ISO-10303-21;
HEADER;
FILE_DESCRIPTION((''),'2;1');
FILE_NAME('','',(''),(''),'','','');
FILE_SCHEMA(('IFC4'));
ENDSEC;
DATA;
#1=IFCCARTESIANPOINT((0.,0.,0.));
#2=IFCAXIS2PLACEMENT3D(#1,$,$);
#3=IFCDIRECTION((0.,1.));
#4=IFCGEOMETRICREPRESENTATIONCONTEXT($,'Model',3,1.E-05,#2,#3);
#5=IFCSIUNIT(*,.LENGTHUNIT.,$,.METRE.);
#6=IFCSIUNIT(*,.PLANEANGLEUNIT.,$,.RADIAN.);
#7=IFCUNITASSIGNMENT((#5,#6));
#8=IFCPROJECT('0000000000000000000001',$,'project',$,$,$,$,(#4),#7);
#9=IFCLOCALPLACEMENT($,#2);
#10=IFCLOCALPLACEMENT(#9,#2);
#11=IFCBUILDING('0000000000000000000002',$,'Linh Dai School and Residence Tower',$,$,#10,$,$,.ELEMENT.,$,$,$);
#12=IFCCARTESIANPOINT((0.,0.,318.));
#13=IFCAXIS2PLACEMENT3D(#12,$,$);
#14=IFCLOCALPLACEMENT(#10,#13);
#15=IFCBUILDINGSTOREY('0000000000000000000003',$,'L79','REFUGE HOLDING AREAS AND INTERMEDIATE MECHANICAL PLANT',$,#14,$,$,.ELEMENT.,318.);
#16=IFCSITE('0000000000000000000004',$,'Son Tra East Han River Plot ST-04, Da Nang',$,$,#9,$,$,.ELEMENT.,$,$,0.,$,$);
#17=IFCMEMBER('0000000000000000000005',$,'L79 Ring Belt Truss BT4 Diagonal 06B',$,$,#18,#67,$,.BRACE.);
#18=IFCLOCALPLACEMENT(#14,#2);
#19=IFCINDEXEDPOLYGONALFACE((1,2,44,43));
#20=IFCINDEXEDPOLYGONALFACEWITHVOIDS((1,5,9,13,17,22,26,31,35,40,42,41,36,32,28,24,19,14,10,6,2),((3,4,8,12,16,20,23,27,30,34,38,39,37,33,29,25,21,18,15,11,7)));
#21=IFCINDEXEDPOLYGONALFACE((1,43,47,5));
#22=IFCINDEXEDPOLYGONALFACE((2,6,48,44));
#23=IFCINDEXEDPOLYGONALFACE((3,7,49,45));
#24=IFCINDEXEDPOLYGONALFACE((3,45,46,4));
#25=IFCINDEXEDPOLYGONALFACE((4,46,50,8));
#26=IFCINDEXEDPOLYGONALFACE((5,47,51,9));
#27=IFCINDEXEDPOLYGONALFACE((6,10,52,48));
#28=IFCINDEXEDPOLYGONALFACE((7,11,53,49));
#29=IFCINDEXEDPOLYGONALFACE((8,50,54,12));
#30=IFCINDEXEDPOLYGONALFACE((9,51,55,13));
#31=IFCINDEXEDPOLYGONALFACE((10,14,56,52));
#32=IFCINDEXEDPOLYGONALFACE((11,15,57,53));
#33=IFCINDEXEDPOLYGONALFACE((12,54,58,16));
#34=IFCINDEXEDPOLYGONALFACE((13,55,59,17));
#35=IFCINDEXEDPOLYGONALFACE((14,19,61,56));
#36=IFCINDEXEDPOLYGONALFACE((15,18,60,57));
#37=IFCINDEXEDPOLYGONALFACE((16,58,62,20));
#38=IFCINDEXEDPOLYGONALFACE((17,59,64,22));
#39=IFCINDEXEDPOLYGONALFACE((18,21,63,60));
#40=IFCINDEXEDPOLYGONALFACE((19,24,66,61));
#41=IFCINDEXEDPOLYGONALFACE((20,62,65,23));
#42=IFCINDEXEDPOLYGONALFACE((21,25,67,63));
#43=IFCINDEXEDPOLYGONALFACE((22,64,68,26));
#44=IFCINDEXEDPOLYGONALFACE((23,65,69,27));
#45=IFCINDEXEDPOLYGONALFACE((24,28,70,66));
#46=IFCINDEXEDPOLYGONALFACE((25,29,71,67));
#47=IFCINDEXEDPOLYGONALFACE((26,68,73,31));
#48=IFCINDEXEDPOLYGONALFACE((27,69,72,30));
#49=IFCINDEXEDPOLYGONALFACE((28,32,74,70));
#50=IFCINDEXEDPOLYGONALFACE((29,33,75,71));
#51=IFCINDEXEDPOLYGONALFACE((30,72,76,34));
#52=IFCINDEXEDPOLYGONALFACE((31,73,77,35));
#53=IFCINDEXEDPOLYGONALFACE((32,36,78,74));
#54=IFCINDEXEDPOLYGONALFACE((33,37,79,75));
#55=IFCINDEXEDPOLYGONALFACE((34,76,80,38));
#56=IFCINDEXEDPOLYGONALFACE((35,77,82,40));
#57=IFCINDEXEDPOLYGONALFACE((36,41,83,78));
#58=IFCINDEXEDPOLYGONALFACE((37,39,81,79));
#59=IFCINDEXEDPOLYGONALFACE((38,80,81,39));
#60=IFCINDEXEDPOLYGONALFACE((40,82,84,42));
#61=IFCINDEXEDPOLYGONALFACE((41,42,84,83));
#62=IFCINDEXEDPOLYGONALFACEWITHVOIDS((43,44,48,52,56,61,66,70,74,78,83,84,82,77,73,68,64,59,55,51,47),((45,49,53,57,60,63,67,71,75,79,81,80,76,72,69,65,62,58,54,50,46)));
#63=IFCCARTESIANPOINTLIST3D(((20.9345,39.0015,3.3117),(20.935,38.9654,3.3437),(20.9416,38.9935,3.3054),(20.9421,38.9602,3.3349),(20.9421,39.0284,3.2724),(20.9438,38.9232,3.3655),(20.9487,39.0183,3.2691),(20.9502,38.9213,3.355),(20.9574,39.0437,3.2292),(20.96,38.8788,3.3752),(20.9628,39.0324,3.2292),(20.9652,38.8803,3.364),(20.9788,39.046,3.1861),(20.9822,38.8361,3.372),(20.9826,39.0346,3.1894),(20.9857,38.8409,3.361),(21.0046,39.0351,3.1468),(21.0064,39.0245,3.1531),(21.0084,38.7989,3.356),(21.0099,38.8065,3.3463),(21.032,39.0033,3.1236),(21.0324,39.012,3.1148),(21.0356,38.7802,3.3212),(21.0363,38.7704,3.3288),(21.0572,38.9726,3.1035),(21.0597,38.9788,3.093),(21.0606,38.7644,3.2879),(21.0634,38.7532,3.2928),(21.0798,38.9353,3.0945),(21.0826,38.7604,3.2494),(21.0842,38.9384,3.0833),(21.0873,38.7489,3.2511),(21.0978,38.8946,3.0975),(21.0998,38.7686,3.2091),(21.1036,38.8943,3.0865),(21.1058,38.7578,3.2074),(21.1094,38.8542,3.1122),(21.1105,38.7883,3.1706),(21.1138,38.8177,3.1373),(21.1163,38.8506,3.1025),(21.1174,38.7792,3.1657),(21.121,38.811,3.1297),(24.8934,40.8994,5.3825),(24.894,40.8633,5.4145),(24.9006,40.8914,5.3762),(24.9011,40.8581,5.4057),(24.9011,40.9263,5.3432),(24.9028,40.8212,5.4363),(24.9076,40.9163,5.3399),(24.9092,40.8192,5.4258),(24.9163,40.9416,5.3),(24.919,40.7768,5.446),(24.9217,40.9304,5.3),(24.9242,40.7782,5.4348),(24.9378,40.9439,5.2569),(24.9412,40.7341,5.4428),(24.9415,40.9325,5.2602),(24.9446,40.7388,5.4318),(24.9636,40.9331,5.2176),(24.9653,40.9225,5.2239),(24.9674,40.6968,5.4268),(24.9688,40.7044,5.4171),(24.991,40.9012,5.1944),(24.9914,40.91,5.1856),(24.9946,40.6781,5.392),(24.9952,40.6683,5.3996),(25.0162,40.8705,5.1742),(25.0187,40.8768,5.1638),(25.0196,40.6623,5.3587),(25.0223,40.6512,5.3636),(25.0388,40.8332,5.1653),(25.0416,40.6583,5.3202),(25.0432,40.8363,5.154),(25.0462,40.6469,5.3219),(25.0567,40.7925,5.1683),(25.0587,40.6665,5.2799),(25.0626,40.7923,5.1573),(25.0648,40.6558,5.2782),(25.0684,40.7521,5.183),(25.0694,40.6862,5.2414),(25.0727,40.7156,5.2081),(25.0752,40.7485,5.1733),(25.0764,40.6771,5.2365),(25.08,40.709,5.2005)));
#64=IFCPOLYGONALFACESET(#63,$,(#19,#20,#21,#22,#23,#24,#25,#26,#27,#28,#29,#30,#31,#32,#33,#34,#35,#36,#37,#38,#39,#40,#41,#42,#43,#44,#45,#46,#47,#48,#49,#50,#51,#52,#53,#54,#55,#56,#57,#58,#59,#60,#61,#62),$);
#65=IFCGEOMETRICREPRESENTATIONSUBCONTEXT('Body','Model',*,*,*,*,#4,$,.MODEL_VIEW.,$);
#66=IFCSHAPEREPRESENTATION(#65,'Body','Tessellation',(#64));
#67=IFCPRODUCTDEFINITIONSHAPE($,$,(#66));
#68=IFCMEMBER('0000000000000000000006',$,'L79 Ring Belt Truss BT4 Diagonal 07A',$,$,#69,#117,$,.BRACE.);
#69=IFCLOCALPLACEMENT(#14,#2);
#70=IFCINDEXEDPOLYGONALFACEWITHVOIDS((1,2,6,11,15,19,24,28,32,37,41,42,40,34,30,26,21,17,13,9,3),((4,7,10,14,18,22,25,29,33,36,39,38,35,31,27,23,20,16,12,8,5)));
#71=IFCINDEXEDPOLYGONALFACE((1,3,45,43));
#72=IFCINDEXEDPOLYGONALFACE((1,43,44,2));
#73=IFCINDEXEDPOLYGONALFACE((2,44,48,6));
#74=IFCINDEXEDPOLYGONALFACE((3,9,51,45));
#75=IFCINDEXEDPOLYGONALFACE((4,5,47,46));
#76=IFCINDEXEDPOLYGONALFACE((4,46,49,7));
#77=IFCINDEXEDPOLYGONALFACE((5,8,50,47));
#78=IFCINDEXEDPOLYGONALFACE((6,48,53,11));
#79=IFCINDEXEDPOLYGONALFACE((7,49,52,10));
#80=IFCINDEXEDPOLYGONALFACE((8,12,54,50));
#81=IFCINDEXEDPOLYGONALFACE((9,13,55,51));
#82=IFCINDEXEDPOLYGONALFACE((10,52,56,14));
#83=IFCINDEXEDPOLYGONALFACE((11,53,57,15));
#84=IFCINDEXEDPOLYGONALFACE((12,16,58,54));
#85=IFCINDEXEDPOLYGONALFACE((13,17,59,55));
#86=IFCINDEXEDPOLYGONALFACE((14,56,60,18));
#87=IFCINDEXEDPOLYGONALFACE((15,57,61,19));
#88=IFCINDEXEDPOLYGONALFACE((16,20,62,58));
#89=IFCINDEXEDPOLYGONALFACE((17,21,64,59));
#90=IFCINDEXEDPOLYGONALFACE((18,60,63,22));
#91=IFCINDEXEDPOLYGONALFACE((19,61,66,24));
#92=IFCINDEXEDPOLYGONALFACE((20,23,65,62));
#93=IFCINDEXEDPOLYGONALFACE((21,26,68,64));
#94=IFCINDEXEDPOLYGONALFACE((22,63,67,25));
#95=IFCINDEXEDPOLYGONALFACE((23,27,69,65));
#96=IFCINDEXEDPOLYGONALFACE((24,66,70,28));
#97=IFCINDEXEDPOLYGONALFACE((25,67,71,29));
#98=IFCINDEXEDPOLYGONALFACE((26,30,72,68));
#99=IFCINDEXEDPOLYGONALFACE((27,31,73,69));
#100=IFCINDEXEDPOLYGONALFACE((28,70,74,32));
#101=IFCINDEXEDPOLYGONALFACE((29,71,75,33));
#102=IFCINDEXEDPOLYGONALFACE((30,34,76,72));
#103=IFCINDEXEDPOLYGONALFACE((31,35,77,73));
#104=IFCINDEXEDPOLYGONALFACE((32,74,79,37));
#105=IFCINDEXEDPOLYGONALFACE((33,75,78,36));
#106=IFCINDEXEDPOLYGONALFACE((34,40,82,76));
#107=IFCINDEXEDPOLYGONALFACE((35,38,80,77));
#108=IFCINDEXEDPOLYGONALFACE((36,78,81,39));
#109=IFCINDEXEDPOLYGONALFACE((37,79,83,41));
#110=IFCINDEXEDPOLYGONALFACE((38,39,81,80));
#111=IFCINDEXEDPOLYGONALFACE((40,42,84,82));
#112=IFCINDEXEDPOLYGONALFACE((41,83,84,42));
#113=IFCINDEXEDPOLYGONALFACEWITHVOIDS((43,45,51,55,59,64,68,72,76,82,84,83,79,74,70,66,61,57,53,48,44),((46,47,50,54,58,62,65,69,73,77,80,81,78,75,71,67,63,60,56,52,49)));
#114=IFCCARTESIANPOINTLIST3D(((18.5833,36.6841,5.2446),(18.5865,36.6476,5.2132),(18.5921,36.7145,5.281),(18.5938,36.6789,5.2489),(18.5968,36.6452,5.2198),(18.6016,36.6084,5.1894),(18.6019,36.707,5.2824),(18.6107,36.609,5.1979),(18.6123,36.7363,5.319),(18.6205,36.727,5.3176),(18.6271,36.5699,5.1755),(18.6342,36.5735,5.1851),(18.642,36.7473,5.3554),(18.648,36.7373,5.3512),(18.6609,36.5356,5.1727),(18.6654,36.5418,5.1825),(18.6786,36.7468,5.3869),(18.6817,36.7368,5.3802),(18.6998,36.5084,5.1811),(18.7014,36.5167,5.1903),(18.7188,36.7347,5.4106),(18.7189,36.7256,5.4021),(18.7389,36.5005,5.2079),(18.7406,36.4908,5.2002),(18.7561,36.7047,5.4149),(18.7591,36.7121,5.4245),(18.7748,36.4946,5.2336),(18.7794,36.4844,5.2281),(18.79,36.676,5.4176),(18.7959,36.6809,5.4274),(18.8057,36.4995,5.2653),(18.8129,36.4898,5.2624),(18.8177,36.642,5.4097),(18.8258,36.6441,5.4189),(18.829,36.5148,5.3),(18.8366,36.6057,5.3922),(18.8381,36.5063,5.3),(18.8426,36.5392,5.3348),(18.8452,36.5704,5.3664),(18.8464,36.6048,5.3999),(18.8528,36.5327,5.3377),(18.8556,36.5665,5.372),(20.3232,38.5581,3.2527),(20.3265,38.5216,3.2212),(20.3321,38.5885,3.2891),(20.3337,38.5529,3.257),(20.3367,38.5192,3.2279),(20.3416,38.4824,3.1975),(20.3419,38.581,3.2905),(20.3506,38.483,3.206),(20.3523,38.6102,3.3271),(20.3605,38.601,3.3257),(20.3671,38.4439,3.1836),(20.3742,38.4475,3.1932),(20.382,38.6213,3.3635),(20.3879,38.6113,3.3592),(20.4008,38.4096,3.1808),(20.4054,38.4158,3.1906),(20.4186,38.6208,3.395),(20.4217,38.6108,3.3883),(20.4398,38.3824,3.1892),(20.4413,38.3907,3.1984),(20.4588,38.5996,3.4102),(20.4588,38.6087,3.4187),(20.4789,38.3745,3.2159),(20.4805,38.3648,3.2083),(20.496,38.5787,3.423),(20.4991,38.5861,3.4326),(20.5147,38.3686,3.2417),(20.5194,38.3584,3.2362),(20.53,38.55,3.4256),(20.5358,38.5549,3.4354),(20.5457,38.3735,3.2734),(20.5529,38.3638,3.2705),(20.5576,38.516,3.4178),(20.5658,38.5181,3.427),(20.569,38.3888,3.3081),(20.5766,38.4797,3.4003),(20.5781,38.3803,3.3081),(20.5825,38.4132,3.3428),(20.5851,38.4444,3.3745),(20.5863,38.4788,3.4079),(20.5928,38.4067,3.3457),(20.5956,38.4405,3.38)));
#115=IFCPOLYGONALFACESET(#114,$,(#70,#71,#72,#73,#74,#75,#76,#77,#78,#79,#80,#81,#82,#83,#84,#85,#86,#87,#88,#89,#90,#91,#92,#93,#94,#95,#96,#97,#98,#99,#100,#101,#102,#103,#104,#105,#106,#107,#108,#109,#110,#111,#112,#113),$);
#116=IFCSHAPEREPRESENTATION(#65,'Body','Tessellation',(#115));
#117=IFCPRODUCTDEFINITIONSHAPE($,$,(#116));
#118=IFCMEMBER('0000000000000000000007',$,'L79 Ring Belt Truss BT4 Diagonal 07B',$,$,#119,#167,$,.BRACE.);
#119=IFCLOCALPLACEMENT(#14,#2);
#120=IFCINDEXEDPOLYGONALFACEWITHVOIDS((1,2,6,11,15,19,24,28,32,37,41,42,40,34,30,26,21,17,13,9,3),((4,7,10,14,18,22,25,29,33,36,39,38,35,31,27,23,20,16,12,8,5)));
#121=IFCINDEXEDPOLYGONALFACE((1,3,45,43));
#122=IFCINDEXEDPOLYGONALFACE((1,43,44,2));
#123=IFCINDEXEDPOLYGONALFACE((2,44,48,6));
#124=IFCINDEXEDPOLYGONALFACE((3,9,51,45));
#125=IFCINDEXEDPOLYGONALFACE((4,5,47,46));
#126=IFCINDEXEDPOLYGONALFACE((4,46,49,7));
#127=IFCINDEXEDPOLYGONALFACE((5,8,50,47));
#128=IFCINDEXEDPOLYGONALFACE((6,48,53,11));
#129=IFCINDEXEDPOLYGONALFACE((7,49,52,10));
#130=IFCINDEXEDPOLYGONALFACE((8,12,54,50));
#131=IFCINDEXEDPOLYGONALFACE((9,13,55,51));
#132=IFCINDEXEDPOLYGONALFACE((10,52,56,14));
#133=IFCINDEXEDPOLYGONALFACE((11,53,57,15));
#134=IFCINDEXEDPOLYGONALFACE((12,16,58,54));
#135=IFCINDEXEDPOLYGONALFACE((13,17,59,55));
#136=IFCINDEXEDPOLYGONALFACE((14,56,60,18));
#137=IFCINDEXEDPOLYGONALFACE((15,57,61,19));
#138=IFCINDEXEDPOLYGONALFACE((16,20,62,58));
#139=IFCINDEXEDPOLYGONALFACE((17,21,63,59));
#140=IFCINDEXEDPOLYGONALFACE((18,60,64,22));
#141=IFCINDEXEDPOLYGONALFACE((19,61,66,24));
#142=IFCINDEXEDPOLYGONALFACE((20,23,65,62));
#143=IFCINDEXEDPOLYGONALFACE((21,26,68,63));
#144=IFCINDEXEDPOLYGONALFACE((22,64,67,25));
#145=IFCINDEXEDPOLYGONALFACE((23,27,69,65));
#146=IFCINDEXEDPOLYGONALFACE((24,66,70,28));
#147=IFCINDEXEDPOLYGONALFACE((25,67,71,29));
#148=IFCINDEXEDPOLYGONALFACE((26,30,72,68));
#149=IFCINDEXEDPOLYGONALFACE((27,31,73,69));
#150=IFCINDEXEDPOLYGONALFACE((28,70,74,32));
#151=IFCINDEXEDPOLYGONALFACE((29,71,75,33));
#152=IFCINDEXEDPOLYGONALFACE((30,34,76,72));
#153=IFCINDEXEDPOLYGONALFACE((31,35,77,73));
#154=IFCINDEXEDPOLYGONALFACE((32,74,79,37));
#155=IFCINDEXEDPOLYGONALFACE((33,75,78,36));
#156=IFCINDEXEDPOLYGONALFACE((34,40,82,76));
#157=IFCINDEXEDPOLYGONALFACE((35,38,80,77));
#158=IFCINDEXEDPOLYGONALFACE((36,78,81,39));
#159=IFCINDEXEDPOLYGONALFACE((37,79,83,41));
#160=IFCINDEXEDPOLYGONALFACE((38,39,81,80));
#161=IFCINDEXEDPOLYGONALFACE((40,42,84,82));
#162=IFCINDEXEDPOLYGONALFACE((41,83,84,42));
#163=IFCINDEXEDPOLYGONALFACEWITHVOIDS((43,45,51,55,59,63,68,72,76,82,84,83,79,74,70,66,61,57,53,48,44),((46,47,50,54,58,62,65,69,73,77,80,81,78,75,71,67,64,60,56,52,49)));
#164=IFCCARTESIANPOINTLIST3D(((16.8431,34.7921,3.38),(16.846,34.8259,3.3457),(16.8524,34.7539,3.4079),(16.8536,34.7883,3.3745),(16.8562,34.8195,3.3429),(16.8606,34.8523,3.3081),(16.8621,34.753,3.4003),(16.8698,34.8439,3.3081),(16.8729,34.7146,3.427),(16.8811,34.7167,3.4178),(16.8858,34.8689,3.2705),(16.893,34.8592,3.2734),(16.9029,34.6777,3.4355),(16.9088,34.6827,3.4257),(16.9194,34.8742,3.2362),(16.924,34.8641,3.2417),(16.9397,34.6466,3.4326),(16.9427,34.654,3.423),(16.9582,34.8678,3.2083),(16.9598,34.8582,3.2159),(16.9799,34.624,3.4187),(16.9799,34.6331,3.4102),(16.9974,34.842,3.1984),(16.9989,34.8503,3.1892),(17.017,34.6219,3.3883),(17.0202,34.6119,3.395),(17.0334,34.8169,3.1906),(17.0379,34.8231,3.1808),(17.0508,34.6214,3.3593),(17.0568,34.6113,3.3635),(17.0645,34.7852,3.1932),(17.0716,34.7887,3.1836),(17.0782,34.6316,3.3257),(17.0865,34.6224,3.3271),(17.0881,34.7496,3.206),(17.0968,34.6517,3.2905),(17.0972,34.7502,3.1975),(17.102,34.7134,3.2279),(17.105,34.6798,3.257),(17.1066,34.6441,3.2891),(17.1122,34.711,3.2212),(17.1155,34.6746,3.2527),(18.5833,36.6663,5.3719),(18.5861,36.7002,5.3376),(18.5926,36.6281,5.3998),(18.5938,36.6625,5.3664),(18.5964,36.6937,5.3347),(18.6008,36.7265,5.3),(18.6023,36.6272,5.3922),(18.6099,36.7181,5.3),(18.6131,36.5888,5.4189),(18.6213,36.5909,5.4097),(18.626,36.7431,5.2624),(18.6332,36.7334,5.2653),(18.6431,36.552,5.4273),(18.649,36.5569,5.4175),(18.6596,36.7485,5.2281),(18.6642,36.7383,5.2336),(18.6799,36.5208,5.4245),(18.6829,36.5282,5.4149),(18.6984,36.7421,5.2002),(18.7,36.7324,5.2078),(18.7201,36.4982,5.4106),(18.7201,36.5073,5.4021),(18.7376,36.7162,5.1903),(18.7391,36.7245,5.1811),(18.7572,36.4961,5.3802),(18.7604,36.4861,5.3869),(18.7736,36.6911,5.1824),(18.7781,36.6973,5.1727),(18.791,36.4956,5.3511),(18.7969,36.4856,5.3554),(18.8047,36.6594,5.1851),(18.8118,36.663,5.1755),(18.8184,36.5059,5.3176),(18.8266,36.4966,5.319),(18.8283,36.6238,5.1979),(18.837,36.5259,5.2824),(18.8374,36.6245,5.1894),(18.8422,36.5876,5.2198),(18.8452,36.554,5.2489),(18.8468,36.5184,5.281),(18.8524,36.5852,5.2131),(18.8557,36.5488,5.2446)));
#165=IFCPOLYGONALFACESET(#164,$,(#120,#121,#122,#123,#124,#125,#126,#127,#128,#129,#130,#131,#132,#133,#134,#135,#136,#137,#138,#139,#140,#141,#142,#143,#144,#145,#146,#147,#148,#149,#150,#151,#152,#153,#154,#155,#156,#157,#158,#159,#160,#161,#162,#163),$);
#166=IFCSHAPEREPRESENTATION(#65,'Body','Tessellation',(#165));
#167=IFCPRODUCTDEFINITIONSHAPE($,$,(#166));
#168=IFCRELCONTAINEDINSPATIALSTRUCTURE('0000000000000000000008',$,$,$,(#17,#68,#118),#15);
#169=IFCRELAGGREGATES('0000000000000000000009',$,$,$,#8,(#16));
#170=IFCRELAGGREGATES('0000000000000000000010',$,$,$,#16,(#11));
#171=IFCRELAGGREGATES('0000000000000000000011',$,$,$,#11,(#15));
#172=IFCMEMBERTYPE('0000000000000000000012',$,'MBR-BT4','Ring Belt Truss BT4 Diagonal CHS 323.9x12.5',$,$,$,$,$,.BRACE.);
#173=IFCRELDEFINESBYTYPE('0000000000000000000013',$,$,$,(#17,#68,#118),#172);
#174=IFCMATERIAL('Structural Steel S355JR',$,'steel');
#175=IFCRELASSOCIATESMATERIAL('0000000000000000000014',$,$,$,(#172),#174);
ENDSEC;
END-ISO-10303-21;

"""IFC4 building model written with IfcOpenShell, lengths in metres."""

from ifc_helpers import new_model, si_unit, direction, frame, origin, origin_2d, place, context, subcontext, project, spatial, hollow_circle, extrude, material, material_profile, profile_set, type_object, element, save


model = new_model("IFC4")

# Units and contexts
model_context = context("Model", 3, precision=1e-05, world=origin(), true_north=direction((0.0, 1.0)))
body_context = subcontext(model_context, "Body", "Model", "MODEL_VIEW")
ifc_project = project(units=[si_unit("LENGTHUNIT", "METRE"), si_unit("PLANEANGLEUNIT", "RADIAN")], contexts=[model_context])

# Site, building, storey
site_placement = place(None, origin())
site = spatial("IfcSite", under=ifc_project, at=site_placement, Name="Son Tra East Han River Plot ST-04, Da Nang", CompositionType="ELEMENT", RefElevation=0.0)
building_placement = place(site_placement, origin())
building = spatial("IfcBuilding", under=site, at=building_placement, Name="Linh Dai School and Residence Tower", CompositionType="ELEMENT")
storey_placement = place(building_placement, frame((0.0, 0.0, 318.0)))
storey = spatial("IfcBuildingStorey", under=building, at=storey_placement, Name="L79", Description="REFUGE HOLDING AREAS AND INTERMEDIATE MECHANICAL PLANT", CompositionType="ELEMENT", Elevation=318.0)

# Shared definitions
ifc_material_1 = material(Name="Structural Steel S355JR", Category="steel")

# Members
ifc_material_profile_1 = material_profile(ifc_material_1, hollow_circle(Radius=0.1619, WallThickness=0.0125, at=origin_2d()), Name="CHS 323.9x12.5")
ifc_profile_set_1 = profile_set([ifc_material_profile_1], Name="Structural Steel S355JR")
member_type_1 = type_object("IfcMemberType", Name="MBR-BT4", Description="Ring Belt Truss BT4 Diagonal CHS 323.9x12.5", PredefinedType="BRACE", material=ifc_profile_set_1)
member_1_placement = place(storey_placement, frame((21.0273, 38.8977, 3.2292), z_axis=(0.815567, 0.390985, 0.426593), x_axis=(-0.432294, 0.901733, 0.0)))
element("IfcMember", 1, at=member_1_placement, inside=storey, type_object=member_type_1, Name="L79 Ring Belt Truss BT4 Diagonal 06B", PredefinedType="BRACE", context=body_context, shape_type="SweptSolid", body=[
    extrude(hollow_circle(Radius=0.1619, WallThickness=0.0125, at=origin_2d()), origin(), (0.0, 0.0, 1.0), 4.8542),
])
member_2_placement = place(storey_placement, frame((20.4595, 38.4905, 3.3081), z_axis=(-0.536784, -0.578133, 0.614511), x_axis=(0.732827, -0.680414, 0.0)))
element("IfcMember", 2, at=member_2_placement, inside=storey, type_object=member_type_1, Name="L79 Ring Belt Truss BT4 Diagonal 07A", PredefinedType="BRACE", context=body_context, shape_type="SweptSolid", body=[
    extrude(hollow_circle(Radius=0.1619, WallThickness=0.0125, at=origin_2d()), origin(), (0.0, 0.0, 1.0), 3.2415),
])
member_3_placement = place(storey_placement, frame((16.9792, 34.7422, 3.3081), z_axis=(0.536815, 0.57816, 0.61446), x_axis=(-0.732824, 0.680418, 0.0)))
element("IfcMember", 3, at=member_3_placement, inside=storey, type_object=member_type_1, Name="L79 Ring Belt Truss BT4 Diagonal 07B", PredefinedType="BRACE", context=body_context, shape_type="SweptSolid", body=[
    extrude(hollow_circle(Radius=0.1619, WallThickness=0.0125, at=origin_2d()), origin(), (0.0, 0.0, 1.0), 3.2417),
])

save(model, "model.ifc")
